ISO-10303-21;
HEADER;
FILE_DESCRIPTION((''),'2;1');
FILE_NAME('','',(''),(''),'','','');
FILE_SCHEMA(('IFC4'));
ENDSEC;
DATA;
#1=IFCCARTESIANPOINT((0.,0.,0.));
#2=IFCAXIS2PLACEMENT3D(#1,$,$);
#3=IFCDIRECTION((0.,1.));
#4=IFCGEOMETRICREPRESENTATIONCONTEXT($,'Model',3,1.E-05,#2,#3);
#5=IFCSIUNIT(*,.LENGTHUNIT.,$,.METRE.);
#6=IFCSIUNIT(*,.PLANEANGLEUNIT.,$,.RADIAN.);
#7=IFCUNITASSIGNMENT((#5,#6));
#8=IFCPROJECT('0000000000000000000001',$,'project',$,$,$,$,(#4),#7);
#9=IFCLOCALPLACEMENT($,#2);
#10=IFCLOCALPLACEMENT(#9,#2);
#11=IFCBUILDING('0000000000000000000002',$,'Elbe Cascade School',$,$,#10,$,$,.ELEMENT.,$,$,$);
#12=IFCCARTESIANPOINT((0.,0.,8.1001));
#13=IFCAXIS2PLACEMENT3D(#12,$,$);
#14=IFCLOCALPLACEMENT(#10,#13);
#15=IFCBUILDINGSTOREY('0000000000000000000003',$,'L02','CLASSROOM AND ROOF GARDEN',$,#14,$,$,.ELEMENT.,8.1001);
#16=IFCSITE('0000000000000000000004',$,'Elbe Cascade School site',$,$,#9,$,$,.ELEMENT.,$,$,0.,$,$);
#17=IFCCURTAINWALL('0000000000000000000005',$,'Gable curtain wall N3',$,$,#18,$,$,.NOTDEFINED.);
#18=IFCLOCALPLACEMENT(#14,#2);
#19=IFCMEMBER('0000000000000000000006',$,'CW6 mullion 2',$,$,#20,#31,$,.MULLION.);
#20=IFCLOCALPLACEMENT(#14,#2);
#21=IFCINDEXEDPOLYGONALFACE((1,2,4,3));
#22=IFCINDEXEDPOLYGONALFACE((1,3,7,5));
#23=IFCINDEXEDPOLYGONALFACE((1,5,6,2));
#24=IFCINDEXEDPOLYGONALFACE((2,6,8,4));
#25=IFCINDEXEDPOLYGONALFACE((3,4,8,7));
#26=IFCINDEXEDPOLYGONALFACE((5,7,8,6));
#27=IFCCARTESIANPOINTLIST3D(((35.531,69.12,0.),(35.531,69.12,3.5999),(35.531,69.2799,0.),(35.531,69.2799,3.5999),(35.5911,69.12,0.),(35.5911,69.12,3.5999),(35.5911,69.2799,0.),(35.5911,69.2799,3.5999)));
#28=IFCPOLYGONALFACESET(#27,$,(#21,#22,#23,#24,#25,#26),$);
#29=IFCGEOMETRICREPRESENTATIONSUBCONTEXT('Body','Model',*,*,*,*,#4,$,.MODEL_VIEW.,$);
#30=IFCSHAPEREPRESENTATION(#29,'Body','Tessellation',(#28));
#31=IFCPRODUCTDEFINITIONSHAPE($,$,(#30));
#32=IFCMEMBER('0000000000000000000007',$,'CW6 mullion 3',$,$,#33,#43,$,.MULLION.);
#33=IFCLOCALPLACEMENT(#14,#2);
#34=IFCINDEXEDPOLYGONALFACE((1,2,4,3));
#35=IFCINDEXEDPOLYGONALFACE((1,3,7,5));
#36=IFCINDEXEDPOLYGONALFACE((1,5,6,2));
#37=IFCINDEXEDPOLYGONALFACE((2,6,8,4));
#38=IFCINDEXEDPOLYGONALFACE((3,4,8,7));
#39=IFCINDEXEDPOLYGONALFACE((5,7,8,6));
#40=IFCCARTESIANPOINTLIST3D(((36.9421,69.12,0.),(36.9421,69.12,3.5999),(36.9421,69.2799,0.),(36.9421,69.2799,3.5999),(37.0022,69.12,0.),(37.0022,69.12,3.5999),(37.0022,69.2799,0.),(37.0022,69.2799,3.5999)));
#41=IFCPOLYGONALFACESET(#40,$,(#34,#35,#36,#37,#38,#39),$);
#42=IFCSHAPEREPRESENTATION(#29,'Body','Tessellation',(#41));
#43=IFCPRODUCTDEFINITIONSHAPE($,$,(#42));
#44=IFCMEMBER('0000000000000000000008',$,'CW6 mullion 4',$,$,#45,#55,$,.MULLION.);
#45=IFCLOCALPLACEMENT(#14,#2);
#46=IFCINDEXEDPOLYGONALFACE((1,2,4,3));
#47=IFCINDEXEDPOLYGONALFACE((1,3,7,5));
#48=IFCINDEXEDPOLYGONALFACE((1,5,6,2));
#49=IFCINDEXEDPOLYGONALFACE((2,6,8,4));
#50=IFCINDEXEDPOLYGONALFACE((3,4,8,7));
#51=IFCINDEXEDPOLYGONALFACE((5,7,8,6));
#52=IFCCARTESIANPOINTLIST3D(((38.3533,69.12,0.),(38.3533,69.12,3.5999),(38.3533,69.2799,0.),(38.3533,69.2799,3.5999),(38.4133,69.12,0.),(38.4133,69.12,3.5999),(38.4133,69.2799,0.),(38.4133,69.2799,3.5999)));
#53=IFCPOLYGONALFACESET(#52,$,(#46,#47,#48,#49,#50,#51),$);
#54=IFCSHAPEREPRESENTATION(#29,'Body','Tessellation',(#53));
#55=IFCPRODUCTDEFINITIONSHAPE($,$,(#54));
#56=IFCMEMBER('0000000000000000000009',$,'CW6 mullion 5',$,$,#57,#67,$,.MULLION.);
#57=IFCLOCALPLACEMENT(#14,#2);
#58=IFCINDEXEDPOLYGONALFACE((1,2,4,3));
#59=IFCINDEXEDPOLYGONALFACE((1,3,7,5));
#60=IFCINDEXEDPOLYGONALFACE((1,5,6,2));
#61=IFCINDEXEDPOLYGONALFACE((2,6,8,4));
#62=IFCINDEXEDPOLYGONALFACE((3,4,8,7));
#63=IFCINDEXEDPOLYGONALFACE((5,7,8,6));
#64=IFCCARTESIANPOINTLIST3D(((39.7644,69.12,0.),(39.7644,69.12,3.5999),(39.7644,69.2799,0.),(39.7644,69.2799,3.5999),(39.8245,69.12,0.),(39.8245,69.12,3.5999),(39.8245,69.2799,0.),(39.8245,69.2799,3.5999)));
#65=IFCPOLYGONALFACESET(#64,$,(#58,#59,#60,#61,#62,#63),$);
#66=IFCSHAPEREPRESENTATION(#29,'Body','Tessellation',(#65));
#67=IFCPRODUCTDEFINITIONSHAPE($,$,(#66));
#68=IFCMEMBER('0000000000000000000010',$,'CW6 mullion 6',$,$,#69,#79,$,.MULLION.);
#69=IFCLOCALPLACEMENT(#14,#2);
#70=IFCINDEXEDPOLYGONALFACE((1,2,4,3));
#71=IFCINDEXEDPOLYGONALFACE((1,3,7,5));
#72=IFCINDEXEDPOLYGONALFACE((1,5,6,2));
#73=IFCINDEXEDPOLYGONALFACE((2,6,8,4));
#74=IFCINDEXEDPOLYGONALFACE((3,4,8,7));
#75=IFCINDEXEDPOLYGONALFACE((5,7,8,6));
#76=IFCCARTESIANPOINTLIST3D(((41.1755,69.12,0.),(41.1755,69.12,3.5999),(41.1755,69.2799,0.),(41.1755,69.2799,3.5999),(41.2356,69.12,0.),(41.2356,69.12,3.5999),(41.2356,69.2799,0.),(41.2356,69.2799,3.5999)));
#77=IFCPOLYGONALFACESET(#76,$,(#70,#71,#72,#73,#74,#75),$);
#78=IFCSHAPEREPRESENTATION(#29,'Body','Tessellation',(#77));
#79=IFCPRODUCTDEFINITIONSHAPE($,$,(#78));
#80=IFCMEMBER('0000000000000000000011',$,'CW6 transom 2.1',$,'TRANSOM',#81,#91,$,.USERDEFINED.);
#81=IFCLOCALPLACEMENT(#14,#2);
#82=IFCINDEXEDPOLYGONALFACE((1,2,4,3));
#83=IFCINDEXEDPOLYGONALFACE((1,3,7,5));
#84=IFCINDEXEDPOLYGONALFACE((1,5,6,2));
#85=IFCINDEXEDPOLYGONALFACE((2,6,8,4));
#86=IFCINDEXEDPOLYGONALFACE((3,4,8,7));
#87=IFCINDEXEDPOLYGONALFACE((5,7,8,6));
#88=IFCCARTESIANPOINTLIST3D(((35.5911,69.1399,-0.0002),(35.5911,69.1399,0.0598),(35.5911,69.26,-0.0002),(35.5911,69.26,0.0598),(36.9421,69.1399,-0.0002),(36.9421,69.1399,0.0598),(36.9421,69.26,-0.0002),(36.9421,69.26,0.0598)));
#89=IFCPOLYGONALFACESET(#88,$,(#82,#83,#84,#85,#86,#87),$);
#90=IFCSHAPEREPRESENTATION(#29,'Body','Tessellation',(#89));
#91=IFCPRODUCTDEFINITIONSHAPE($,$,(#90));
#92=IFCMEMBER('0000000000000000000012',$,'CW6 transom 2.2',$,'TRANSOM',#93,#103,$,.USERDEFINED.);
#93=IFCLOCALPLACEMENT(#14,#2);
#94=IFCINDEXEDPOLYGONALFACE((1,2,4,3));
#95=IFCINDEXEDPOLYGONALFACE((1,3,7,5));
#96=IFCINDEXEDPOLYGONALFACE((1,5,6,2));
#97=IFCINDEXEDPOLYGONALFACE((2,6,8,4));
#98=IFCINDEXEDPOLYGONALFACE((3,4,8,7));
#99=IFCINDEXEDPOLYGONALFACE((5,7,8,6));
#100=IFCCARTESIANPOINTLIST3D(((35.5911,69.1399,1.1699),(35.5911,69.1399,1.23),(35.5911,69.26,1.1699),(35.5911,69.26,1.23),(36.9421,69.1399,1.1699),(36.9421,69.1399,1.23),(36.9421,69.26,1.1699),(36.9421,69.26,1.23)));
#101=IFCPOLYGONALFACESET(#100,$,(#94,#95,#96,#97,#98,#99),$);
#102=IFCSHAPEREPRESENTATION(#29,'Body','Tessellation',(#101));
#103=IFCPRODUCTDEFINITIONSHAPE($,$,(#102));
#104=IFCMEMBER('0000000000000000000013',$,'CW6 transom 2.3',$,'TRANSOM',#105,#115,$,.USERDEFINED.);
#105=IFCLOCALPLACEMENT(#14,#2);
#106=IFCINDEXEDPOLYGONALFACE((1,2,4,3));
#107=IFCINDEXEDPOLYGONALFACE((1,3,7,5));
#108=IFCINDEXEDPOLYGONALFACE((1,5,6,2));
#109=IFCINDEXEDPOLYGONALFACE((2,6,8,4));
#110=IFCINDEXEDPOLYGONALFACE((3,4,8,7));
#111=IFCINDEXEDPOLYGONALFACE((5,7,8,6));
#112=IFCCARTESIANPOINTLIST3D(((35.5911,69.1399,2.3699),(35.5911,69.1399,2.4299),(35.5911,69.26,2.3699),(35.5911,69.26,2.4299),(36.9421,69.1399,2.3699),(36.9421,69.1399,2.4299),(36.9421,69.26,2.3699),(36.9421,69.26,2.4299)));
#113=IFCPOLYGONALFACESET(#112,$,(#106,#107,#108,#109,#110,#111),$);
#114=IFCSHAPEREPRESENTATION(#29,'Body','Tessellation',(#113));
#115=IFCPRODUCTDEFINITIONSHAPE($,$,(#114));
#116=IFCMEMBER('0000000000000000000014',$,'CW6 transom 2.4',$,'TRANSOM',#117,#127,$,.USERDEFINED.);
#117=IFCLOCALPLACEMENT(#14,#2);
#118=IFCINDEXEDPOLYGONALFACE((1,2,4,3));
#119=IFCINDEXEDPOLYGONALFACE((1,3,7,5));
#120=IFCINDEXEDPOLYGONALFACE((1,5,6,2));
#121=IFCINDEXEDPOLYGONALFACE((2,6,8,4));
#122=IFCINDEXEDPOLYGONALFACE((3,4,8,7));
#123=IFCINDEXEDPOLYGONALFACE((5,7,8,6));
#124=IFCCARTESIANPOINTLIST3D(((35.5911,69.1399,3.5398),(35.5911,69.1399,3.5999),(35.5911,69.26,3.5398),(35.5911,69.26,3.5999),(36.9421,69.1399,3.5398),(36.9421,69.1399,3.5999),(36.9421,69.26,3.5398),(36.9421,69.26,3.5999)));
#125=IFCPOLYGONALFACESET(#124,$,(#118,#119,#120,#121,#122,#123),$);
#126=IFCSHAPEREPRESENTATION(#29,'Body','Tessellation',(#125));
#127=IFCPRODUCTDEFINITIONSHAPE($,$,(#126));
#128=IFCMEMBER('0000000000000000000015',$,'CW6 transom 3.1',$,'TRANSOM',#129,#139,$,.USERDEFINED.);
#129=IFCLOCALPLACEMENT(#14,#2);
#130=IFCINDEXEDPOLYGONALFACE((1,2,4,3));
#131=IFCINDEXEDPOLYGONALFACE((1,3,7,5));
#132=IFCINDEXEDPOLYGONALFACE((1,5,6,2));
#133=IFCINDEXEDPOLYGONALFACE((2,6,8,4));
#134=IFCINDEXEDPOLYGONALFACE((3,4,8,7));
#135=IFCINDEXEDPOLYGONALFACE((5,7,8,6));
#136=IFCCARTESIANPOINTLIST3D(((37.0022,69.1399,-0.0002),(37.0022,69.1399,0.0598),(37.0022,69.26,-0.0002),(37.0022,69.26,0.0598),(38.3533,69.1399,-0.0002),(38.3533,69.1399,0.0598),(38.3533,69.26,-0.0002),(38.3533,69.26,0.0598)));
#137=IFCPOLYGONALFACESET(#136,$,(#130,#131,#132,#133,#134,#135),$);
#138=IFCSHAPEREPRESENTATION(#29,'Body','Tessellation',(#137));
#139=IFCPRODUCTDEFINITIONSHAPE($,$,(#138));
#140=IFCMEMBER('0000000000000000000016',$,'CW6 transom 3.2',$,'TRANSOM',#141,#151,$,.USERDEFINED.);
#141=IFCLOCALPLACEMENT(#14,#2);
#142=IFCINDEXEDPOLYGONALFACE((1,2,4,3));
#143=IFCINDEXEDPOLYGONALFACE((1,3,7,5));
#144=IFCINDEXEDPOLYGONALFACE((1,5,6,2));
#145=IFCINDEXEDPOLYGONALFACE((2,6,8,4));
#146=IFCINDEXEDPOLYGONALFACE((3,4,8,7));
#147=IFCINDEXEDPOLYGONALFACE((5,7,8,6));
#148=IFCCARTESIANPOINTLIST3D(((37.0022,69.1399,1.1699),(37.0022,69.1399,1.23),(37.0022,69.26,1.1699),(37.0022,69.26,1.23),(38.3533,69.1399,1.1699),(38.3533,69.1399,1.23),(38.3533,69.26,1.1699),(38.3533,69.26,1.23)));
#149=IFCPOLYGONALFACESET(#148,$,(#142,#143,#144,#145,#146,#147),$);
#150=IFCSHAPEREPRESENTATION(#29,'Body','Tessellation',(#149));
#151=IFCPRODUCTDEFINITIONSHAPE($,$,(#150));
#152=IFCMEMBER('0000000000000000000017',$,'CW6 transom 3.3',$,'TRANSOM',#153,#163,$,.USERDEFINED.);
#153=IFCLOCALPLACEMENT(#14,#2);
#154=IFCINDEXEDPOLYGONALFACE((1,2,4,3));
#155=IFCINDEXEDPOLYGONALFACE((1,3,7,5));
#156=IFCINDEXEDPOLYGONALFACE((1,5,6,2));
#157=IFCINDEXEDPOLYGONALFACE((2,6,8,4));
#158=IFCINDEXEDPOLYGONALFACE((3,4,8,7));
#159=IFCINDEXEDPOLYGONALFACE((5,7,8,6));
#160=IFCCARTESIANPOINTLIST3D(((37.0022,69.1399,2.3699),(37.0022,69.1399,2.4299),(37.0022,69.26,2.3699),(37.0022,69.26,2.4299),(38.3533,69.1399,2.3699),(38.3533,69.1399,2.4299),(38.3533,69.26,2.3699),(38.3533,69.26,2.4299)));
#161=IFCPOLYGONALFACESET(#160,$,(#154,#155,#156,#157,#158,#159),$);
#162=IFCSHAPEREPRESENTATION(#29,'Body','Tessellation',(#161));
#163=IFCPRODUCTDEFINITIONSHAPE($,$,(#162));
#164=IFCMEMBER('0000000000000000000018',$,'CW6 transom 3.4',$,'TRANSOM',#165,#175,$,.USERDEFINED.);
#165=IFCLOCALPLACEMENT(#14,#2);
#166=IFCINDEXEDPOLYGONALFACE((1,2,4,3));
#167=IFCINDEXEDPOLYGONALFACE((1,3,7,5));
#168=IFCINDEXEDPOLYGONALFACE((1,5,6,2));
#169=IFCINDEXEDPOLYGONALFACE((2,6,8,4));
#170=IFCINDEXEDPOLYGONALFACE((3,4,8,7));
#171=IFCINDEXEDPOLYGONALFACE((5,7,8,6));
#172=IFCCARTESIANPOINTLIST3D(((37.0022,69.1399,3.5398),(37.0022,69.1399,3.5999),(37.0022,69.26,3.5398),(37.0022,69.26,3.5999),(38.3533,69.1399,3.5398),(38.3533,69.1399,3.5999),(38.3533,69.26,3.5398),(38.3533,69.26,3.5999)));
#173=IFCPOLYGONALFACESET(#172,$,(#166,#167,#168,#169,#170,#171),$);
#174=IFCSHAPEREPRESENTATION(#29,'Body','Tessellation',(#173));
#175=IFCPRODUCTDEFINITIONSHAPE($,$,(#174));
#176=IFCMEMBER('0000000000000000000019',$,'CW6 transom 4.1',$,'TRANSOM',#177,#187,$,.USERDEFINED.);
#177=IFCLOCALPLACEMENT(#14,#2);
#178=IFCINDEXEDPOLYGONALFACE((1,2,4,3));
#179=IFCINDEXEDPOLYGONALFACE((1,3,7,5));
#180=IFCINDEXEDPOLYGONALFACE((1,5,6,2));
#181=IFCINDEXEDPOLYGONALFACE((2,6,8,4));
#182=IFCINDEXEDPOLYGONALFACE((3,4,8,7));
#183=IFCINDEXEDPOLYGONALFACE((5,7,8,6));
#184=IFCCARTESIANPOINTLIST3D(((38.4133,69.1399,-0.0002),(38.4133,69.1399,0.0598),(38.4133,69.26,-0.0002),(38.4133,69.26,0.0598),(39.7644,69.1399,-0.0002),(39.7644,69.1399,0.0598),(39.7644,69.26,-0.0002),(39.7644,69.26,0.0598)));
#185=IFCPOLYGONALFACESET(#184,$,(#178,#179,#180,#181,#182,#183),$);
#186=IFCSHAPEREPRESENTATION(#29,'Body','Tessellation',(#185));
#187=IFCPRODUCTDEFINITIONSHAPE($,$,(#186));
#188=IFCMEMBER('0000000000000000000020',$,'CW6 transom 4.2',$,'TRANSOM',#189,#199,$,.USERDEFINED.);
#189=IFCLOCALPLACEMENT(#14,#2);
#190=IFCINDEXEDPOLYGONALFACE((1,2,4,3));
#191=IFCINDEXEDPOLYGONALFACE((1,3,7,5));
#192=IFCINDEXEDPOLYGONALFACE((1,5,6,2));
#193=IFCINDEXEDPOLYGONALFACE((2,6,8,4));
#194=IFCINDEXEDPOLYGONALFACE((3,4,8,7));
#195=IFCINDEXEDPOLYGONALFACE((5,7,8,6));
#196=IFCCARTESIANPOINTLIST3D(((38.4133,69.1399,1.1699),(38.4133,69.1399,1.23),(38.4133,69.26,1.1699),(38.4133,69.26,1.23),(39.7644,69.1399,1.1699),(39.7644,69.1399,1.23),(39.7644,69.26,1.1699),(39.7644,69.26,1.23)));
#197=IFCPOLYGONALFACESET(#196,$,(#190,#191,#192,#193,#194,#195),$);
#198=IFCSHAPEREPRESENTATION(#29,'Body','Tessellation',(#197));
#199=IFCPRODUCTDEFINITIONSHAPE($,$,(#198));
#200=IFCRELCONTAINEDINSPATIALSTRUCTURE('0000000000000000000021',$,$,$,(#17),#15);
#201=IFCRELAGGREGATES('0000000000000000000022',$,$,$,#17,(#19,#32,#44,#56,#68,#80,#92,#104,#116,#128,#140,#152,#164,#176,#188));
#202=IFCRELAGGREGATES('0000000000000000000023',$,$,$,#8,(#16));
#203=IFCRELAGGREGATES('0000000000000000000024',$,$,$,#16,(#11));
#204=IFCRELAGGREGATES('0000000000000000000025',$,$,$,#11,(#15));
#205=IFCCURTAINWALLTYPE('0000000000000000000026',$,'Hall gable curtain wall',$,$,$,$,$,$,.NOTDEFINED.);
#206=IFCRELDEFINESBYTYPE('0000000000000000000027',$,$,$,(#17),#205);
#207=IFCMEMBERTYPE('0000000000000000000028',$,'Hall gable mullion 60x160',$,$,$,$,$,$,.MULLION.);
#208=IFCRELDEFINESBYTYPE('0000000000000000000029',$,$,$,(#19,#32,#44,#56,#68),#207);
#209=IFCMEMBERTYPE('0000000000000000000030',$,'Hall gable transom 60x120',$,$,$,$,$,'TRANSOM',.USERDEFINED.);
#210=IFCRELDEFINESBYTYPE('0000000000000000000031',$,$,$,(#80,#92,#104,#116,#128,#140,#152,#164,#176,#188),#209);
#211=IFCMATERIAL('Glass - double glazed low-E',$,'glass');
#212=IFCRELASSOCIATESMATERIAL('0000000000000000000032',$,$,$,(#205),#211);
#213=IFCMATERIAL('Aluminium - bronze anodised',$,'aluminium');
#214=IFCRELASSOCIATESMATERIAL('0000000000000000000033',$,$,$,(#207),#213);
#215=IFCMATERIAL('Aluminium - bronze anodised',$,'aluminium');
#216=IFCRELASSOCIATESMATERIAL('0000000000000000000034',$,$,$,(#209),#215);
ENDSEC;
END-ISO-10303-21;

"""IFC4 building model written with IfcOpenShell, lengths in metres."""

from ifc_helpers import new_model, si_unit, direction, frame, origin, origin_2d, place, context, subcontext, project, spatial, rectangle, extrude, material, material_profile, profile_set, type_object, element, aggregate, save


model = new_model("IFC4")

# Units and contexts
model_context = context("Model", 3, precision=1e-05, world=origin(), true_north=direction((0.0, 1.0)))
body_context = subcontext(model_context, "Body", "Model", "MODEL_VIEW")
ifc_project = project(units=[si_unit("LENGTHUNIT", "METRE"), si_unit("PLANEANGLEUNIT", "RADIAN")], contexts=[model_context])

# Site, building, storey
site_placement = place(None, origin())
site = spatial("IfcSite", under=ifc_project, at=site_placement, Name="Elbe Cascade School site", CompositionType="ELEMENT", RefElevation=0.0)
building_placement = place(site_placement, origin())
building = spatial("IfcBuilding", under=site, at=building_placement, Name="Elbe Cascade School", CompositionType="ELEMENT")
storey_placement = place(building_placement, frame((0.0, 0.0, 8.1001)))
storey = spatial("IfcBuildingStorey", under=building, at=storey_placement, Name="L02", Description="CLASSROOM AND ROOF GARDEN", CompositionType="ELEMENT", Elevation=8.1001)

# Curtain wall, members
ifc_material_1 = material(Name="Glass - double glazed low-E", Category="glass")
curtain_wall_type = type_object("IfcCurtainWallType", Name="Hall gable curtain wall", PredefinedType="NOTDEFINED", material=ifc_material_1)
curtain_wall_placement = place(storey_placement, origin())
curtain_wall = element("IfcCurtainWall", 1, at=curtain_wall_placement, inside=storey, type_object=curtain_wall_type, Name="Gable curtain wall N3", PredefinedType="NOTDEFINED")
ifc_material_2 = material(Name="Aluminium - bronze anodised", Category="aluminium")
ifc_material_profile_1 = material_profile(ifc_material_2, rectangle(XDim=0.1599, YDim=0.0601, at=origin_2d()), Name="Alu 60x160")
ifc_profile_set_1 = profile_set([ifc_material_profile_1], Name="Aluminium - bronze anodised")
member_type_1 = type_object("IfcMemberType", Name="Hall gable mullion 60x160", PredefinedType="MULLION", material=ifc_profile_set_1)
member_1_placement = place(storey_placement, frame((35.561, 69.2, 0.0), z_axis=(0.0, 0.0, 1.0), x_axis=(0.0, 1.0, 0.0)))
member_1 = element("IfcMember", 2, at=member_1_placement, type_object=member_type_1, Name="CW6 mullion 2", PredefinedType="MULLION", context=body_context, shape_type="SweptSolid", body=[
    extrude(rectangle(XDim=0.1599, YDim=0.0601, at=origin_2d()), origin(), (0.0, 0.0, 1.0), 3.5999),
])
member_2_placement = place(storey_placement, frame((36.9722, 69.2, 0.0), z_axis=(0.0, 0.0, 1.0), x_axis=(0.0, 1.0, 0.0)))
member_2 = element("IfcMember", 3, at=member_2_placement, type_object=member_type_1, Name="CW6 mullion 3", PredefinedType="MULLION", context=body_context, shape_type="SweptSolid", body=[
    extrude(rectangle(XDim=0.1599, YDim=0.0601, at=origin_2d()), origin(), (0.0, 0.0, 1.0), 3.5999),
])
member_3_placement = place(storey_placement, frame((38.3833, 69.2, 0.0), z_axis=(0.0, 0.0, 1.0), x_axis=(0.0, 1.0, 0.0)))
member_3 = element("IfcMember", 4, at=member_3_placement, type_object=member_type_1, Name="CW6 mullion 4", PredefinedType="MULLION", context=body_context, shape_type="SweptSolid", body=[
    extrude(rectangle(XDim=0.1599, YDim=0.0601, at=origin_2d()), origin(), (0.0, 0.0, 1.0), 3.5999),
])
member_4_placement = place(storey_placement, frame((39.7944, 69.2, 0.0), z_axis=(0.0, 0.0, 1.0), x_axis=(0.0, 1.0, 0.0)))
member_4 = element("IfcMember", 5, at=member_4_placement, type_object=member_type_1, Name="CW6 mullion 5", PredefinedType="MULLION", context=body_context, shape_type="SweptSolid", body=[
    extrude(rectangle(XDim=0.1599, YDim=0.0601, at=origin_2d()), origin(), (0.0, 0.0, 1.0), 3.5999),
])
member_5_placement = place(storey_placement, frame((41.2056, 69.2, 0.0), z_axis=(0.0, 0.0, 1.0), x_axis=(0.0, 1.0, 0.0)))
member_5 = element("IfcMember", 6, at=member_5_placement, type_object=member_type_1, Name="CW6 mullion 6", PredefinedType="MULLION", context=body_context, shape_type="SweptSolid", body=[
    extrude(rectangle(XDim=0.1599, YDim=0.0601, at=origin_2d()), origin(), (0.0, 0.0, 1.0), 3.5999),
])
ifc_material_3 = material(Name="Aluminium - bronze anodised", Category="aluminium")
ifc_material_profile_2 = material_profile(ifc_material_3, rectangle(XDim=0.1201, YDim=0.0601, at=origin_2d()), Name="Alu 60x120")
ifc_profile_set_2 = profile_set([ifc_material_profile_2], Name="Aluminium - bronze anodised")
member_type_2 = type_object("IfcMemberType", Name="Hall gable transom 60x120", ElementType="TRANSOM", PredefinedType="USERDEFINED", material=ifc_profile_set_2)
member_6_placement = place(storey_placement, frame((35.5911, 69.2, 0.0298), z_axis=(1.0, 0.0, 0.0), x_axis=(0.0, 1.0, 0.0)))
member_6 = element("IfcMember", 7, at=member_6_placement, type_object=member_type_2, Name="CW6 transom 2.1", ObjectType="TRANSOM", PredefinedType="USERDEFINED", context=body_context, shape_type="SweptSolid", body=[
    extrude(rectangle(XDim=0.1201, YDim=0.0601, at=origin_2d()), origin(), (0.0, 0.0, 1.0), 1.3511),
])
member_7_placement = place(storey_placement, frame((35.5911, 69.2, 1.2), z_axis=(1.0, 0.0, 0.0), x_axis=(0.0, 1.0, 0.0)))
member_7 = element("IfcMember", 8, at=member_7_placement, type_object=member_type_2, Name="CW6 transom 2.2", ObjectType="TRANSOM", PredefinedType="USERDEFINED", context=body_context, shape_type="SweptSolid", body=[
    extrude(rectangle(XDim=0.1201, YDim=0.0601, at=origin_2d()), origin(), (0.0, 0.0, 1.0), 1.3511),
])
member_8_placement = place(storey_placement, frame((35.5911, 69.2, 2.3999), z_axis=(1.0, 0.0, 0.0), x_axis=(0.0, 1.0, 0.0)))
member_8 = element("IfcMember", 9, at=member_8_placement, type_object=member_type_2, Name="CW6 transom 2.3", ObjectType="TRANSOM", PredefinedType="USERDEFINED", context=body_context, shape_type="SweptSolid", body=[
    extrude(rectangle(XDim=0.1201, YDim=0.0601, at=origin_2d()), origin(), (0.0, 0.0, 1.0), 1.3511),
])
member_9_placement = place(storey_placement, frame((35.5911, 69.2, 3.5698), z_axis=(1.0, 0.0, 0.0), x_axis=(0.0, 1.0, 0.0)))
member_9 = element("IfcMember", 10, at=member_9_placement, type_object=member_type_2, Name="CW6 transom 2.4", ObjectType="TRANSOM", PredefinedType="USERDEFINED", context=body_context, shape_type="SweptSolid", body=[
    extrude(rectangle(XDim=0.1201, YDim=0.0601, at=origin_2d()), origin(), (0.0, 0.0, 1.0), 1.3511),
])
member_10_placement = place(storey_placement, frame((37.0022, 69.2, 0.0298), z_axis=(1.0, 0.0, 0.0), x_axis=(0.0, 1.0, 0.0)))
member_10 = element("IfcMember", 11, at=member_10_placement, type_object=member_type_2, Name="CW6 transom 3.1", ObjectType="TRANSOM", PredefinedType="USERDEFINED", context=body_context, shape_type="SweptSolid", body=[
    extrude(rectangle(XDim=0.1201, YDim=0.0601, at=origin_2d()), origin(), (0.0, 0.0, 1.0), 1.3511),
])
member_11_placement = place(storey_placement, frame((37.0022, 69.2, 1.2), z_axis=(1.0, 0.0, 0.0), x_axis=(0.0, 1.0, 0.0)))
member_11 = element("IfcMember", 12, at=member_11_placement, type_object=member_type_2, Name="CW6 transom 3.2", ObjectType="TRANSOM", PredefinedType="USERDEFINED", context=body_context, shape_type="SweptSolid", body=[
    extrude(rectangle(XDim=0.1201, YDim=0.0601, at=origin_2d()), origin(), (0.0, 0.0, 1.0), 1.3511),
])
member_12_placement = place(storey_placement, frame((37.0022, 69.2, 2.3999), z_axis=(1.0, 0.0, 0.0), x_axis=(0.0, 1.0, 0.0)))
member_12 = element("IfcMember", 13, at=member_12_placement, type_object=member_type_2, Name="CW6 transom 3.3", ObjectType="TRANSOM", PredefinedType="USERDEFINED", context=body_context, shape_type="SweptSolid", body=[
    extrude(rectangle(XDim=0.1201, YDim=0.0601, at=origin_2d()), origin(), (0.0, 0.0, 1.0), 1.3511),
])
member_13_placement = place(storey_placement, frame((37.0022, 69.2, 3.5698), z_axis=(1.0, 0.0, 0.0), x_axis=(0.0, 1.0, 0.0)))
member_13 = element("IfcMember", 14, at=member_13_placement, type_object=member_type_2, Name="CW6 transom 3.4", ObjectType="TRANSOM", PredefinedType="USERDEFINED", context=body_context, shape_type="SweptSolid", body=[
    extrude(rectangle(XDim=0.1201, YDim=0.0601, at=origin_2d()), origin(), (0.0, 0.0, 1.0), 1.3511),
])
member_14_placement = place(storey_placement, frame((38.4133, 69.2, 0.0298), z_axis=(1.0, 0.0, 0.0), x_axis=(0.0, 1.0, 0.0)))
member_14 = element("IfcMember", 15, at=member_14_placement, type_object=member_type_2, Name="CW6 transom 4.1", ObjectType="TRANSOM", PredefinedType="USERDEFINED", context=body_context, shape_type="SweptSolid", body=[
    extrude(rectangle(XDim=0.1201, YDim=0.0601, at=origin_2d()), origin(), (0.0, 0.0, 1.0), 1.3511),
])
member_15_placement = place(storey_placement, frame((38.4133, 69.2, 1.2), z_axis=(1.0, 0.0, 0.0), x_axis=(0.0, 1.0, 0.0)))
member_15 = element("IfcMember", 16, at=member_15_placement, type_object=member_type_2, Name="CW6 transom 4.2", ObjectType="TRANSOM", PredefinedType="USERDEFINED", context=body_context, shape_type="SweptSolid", body=[
    extrude(rectangle(XDim=0.1201, YDim=0.0601, at=origin_2d()), origin(), (0.0, 0.0, 1.0), 1.3511),
])
aggregate(curtain_wall, [member_1, member_2, member_3, member_4, member_5, member_6, member_7, member_8, member_9, member_10, member_11, member_12, member_13, member_14, member_15])

save(model, "model.ifc")
